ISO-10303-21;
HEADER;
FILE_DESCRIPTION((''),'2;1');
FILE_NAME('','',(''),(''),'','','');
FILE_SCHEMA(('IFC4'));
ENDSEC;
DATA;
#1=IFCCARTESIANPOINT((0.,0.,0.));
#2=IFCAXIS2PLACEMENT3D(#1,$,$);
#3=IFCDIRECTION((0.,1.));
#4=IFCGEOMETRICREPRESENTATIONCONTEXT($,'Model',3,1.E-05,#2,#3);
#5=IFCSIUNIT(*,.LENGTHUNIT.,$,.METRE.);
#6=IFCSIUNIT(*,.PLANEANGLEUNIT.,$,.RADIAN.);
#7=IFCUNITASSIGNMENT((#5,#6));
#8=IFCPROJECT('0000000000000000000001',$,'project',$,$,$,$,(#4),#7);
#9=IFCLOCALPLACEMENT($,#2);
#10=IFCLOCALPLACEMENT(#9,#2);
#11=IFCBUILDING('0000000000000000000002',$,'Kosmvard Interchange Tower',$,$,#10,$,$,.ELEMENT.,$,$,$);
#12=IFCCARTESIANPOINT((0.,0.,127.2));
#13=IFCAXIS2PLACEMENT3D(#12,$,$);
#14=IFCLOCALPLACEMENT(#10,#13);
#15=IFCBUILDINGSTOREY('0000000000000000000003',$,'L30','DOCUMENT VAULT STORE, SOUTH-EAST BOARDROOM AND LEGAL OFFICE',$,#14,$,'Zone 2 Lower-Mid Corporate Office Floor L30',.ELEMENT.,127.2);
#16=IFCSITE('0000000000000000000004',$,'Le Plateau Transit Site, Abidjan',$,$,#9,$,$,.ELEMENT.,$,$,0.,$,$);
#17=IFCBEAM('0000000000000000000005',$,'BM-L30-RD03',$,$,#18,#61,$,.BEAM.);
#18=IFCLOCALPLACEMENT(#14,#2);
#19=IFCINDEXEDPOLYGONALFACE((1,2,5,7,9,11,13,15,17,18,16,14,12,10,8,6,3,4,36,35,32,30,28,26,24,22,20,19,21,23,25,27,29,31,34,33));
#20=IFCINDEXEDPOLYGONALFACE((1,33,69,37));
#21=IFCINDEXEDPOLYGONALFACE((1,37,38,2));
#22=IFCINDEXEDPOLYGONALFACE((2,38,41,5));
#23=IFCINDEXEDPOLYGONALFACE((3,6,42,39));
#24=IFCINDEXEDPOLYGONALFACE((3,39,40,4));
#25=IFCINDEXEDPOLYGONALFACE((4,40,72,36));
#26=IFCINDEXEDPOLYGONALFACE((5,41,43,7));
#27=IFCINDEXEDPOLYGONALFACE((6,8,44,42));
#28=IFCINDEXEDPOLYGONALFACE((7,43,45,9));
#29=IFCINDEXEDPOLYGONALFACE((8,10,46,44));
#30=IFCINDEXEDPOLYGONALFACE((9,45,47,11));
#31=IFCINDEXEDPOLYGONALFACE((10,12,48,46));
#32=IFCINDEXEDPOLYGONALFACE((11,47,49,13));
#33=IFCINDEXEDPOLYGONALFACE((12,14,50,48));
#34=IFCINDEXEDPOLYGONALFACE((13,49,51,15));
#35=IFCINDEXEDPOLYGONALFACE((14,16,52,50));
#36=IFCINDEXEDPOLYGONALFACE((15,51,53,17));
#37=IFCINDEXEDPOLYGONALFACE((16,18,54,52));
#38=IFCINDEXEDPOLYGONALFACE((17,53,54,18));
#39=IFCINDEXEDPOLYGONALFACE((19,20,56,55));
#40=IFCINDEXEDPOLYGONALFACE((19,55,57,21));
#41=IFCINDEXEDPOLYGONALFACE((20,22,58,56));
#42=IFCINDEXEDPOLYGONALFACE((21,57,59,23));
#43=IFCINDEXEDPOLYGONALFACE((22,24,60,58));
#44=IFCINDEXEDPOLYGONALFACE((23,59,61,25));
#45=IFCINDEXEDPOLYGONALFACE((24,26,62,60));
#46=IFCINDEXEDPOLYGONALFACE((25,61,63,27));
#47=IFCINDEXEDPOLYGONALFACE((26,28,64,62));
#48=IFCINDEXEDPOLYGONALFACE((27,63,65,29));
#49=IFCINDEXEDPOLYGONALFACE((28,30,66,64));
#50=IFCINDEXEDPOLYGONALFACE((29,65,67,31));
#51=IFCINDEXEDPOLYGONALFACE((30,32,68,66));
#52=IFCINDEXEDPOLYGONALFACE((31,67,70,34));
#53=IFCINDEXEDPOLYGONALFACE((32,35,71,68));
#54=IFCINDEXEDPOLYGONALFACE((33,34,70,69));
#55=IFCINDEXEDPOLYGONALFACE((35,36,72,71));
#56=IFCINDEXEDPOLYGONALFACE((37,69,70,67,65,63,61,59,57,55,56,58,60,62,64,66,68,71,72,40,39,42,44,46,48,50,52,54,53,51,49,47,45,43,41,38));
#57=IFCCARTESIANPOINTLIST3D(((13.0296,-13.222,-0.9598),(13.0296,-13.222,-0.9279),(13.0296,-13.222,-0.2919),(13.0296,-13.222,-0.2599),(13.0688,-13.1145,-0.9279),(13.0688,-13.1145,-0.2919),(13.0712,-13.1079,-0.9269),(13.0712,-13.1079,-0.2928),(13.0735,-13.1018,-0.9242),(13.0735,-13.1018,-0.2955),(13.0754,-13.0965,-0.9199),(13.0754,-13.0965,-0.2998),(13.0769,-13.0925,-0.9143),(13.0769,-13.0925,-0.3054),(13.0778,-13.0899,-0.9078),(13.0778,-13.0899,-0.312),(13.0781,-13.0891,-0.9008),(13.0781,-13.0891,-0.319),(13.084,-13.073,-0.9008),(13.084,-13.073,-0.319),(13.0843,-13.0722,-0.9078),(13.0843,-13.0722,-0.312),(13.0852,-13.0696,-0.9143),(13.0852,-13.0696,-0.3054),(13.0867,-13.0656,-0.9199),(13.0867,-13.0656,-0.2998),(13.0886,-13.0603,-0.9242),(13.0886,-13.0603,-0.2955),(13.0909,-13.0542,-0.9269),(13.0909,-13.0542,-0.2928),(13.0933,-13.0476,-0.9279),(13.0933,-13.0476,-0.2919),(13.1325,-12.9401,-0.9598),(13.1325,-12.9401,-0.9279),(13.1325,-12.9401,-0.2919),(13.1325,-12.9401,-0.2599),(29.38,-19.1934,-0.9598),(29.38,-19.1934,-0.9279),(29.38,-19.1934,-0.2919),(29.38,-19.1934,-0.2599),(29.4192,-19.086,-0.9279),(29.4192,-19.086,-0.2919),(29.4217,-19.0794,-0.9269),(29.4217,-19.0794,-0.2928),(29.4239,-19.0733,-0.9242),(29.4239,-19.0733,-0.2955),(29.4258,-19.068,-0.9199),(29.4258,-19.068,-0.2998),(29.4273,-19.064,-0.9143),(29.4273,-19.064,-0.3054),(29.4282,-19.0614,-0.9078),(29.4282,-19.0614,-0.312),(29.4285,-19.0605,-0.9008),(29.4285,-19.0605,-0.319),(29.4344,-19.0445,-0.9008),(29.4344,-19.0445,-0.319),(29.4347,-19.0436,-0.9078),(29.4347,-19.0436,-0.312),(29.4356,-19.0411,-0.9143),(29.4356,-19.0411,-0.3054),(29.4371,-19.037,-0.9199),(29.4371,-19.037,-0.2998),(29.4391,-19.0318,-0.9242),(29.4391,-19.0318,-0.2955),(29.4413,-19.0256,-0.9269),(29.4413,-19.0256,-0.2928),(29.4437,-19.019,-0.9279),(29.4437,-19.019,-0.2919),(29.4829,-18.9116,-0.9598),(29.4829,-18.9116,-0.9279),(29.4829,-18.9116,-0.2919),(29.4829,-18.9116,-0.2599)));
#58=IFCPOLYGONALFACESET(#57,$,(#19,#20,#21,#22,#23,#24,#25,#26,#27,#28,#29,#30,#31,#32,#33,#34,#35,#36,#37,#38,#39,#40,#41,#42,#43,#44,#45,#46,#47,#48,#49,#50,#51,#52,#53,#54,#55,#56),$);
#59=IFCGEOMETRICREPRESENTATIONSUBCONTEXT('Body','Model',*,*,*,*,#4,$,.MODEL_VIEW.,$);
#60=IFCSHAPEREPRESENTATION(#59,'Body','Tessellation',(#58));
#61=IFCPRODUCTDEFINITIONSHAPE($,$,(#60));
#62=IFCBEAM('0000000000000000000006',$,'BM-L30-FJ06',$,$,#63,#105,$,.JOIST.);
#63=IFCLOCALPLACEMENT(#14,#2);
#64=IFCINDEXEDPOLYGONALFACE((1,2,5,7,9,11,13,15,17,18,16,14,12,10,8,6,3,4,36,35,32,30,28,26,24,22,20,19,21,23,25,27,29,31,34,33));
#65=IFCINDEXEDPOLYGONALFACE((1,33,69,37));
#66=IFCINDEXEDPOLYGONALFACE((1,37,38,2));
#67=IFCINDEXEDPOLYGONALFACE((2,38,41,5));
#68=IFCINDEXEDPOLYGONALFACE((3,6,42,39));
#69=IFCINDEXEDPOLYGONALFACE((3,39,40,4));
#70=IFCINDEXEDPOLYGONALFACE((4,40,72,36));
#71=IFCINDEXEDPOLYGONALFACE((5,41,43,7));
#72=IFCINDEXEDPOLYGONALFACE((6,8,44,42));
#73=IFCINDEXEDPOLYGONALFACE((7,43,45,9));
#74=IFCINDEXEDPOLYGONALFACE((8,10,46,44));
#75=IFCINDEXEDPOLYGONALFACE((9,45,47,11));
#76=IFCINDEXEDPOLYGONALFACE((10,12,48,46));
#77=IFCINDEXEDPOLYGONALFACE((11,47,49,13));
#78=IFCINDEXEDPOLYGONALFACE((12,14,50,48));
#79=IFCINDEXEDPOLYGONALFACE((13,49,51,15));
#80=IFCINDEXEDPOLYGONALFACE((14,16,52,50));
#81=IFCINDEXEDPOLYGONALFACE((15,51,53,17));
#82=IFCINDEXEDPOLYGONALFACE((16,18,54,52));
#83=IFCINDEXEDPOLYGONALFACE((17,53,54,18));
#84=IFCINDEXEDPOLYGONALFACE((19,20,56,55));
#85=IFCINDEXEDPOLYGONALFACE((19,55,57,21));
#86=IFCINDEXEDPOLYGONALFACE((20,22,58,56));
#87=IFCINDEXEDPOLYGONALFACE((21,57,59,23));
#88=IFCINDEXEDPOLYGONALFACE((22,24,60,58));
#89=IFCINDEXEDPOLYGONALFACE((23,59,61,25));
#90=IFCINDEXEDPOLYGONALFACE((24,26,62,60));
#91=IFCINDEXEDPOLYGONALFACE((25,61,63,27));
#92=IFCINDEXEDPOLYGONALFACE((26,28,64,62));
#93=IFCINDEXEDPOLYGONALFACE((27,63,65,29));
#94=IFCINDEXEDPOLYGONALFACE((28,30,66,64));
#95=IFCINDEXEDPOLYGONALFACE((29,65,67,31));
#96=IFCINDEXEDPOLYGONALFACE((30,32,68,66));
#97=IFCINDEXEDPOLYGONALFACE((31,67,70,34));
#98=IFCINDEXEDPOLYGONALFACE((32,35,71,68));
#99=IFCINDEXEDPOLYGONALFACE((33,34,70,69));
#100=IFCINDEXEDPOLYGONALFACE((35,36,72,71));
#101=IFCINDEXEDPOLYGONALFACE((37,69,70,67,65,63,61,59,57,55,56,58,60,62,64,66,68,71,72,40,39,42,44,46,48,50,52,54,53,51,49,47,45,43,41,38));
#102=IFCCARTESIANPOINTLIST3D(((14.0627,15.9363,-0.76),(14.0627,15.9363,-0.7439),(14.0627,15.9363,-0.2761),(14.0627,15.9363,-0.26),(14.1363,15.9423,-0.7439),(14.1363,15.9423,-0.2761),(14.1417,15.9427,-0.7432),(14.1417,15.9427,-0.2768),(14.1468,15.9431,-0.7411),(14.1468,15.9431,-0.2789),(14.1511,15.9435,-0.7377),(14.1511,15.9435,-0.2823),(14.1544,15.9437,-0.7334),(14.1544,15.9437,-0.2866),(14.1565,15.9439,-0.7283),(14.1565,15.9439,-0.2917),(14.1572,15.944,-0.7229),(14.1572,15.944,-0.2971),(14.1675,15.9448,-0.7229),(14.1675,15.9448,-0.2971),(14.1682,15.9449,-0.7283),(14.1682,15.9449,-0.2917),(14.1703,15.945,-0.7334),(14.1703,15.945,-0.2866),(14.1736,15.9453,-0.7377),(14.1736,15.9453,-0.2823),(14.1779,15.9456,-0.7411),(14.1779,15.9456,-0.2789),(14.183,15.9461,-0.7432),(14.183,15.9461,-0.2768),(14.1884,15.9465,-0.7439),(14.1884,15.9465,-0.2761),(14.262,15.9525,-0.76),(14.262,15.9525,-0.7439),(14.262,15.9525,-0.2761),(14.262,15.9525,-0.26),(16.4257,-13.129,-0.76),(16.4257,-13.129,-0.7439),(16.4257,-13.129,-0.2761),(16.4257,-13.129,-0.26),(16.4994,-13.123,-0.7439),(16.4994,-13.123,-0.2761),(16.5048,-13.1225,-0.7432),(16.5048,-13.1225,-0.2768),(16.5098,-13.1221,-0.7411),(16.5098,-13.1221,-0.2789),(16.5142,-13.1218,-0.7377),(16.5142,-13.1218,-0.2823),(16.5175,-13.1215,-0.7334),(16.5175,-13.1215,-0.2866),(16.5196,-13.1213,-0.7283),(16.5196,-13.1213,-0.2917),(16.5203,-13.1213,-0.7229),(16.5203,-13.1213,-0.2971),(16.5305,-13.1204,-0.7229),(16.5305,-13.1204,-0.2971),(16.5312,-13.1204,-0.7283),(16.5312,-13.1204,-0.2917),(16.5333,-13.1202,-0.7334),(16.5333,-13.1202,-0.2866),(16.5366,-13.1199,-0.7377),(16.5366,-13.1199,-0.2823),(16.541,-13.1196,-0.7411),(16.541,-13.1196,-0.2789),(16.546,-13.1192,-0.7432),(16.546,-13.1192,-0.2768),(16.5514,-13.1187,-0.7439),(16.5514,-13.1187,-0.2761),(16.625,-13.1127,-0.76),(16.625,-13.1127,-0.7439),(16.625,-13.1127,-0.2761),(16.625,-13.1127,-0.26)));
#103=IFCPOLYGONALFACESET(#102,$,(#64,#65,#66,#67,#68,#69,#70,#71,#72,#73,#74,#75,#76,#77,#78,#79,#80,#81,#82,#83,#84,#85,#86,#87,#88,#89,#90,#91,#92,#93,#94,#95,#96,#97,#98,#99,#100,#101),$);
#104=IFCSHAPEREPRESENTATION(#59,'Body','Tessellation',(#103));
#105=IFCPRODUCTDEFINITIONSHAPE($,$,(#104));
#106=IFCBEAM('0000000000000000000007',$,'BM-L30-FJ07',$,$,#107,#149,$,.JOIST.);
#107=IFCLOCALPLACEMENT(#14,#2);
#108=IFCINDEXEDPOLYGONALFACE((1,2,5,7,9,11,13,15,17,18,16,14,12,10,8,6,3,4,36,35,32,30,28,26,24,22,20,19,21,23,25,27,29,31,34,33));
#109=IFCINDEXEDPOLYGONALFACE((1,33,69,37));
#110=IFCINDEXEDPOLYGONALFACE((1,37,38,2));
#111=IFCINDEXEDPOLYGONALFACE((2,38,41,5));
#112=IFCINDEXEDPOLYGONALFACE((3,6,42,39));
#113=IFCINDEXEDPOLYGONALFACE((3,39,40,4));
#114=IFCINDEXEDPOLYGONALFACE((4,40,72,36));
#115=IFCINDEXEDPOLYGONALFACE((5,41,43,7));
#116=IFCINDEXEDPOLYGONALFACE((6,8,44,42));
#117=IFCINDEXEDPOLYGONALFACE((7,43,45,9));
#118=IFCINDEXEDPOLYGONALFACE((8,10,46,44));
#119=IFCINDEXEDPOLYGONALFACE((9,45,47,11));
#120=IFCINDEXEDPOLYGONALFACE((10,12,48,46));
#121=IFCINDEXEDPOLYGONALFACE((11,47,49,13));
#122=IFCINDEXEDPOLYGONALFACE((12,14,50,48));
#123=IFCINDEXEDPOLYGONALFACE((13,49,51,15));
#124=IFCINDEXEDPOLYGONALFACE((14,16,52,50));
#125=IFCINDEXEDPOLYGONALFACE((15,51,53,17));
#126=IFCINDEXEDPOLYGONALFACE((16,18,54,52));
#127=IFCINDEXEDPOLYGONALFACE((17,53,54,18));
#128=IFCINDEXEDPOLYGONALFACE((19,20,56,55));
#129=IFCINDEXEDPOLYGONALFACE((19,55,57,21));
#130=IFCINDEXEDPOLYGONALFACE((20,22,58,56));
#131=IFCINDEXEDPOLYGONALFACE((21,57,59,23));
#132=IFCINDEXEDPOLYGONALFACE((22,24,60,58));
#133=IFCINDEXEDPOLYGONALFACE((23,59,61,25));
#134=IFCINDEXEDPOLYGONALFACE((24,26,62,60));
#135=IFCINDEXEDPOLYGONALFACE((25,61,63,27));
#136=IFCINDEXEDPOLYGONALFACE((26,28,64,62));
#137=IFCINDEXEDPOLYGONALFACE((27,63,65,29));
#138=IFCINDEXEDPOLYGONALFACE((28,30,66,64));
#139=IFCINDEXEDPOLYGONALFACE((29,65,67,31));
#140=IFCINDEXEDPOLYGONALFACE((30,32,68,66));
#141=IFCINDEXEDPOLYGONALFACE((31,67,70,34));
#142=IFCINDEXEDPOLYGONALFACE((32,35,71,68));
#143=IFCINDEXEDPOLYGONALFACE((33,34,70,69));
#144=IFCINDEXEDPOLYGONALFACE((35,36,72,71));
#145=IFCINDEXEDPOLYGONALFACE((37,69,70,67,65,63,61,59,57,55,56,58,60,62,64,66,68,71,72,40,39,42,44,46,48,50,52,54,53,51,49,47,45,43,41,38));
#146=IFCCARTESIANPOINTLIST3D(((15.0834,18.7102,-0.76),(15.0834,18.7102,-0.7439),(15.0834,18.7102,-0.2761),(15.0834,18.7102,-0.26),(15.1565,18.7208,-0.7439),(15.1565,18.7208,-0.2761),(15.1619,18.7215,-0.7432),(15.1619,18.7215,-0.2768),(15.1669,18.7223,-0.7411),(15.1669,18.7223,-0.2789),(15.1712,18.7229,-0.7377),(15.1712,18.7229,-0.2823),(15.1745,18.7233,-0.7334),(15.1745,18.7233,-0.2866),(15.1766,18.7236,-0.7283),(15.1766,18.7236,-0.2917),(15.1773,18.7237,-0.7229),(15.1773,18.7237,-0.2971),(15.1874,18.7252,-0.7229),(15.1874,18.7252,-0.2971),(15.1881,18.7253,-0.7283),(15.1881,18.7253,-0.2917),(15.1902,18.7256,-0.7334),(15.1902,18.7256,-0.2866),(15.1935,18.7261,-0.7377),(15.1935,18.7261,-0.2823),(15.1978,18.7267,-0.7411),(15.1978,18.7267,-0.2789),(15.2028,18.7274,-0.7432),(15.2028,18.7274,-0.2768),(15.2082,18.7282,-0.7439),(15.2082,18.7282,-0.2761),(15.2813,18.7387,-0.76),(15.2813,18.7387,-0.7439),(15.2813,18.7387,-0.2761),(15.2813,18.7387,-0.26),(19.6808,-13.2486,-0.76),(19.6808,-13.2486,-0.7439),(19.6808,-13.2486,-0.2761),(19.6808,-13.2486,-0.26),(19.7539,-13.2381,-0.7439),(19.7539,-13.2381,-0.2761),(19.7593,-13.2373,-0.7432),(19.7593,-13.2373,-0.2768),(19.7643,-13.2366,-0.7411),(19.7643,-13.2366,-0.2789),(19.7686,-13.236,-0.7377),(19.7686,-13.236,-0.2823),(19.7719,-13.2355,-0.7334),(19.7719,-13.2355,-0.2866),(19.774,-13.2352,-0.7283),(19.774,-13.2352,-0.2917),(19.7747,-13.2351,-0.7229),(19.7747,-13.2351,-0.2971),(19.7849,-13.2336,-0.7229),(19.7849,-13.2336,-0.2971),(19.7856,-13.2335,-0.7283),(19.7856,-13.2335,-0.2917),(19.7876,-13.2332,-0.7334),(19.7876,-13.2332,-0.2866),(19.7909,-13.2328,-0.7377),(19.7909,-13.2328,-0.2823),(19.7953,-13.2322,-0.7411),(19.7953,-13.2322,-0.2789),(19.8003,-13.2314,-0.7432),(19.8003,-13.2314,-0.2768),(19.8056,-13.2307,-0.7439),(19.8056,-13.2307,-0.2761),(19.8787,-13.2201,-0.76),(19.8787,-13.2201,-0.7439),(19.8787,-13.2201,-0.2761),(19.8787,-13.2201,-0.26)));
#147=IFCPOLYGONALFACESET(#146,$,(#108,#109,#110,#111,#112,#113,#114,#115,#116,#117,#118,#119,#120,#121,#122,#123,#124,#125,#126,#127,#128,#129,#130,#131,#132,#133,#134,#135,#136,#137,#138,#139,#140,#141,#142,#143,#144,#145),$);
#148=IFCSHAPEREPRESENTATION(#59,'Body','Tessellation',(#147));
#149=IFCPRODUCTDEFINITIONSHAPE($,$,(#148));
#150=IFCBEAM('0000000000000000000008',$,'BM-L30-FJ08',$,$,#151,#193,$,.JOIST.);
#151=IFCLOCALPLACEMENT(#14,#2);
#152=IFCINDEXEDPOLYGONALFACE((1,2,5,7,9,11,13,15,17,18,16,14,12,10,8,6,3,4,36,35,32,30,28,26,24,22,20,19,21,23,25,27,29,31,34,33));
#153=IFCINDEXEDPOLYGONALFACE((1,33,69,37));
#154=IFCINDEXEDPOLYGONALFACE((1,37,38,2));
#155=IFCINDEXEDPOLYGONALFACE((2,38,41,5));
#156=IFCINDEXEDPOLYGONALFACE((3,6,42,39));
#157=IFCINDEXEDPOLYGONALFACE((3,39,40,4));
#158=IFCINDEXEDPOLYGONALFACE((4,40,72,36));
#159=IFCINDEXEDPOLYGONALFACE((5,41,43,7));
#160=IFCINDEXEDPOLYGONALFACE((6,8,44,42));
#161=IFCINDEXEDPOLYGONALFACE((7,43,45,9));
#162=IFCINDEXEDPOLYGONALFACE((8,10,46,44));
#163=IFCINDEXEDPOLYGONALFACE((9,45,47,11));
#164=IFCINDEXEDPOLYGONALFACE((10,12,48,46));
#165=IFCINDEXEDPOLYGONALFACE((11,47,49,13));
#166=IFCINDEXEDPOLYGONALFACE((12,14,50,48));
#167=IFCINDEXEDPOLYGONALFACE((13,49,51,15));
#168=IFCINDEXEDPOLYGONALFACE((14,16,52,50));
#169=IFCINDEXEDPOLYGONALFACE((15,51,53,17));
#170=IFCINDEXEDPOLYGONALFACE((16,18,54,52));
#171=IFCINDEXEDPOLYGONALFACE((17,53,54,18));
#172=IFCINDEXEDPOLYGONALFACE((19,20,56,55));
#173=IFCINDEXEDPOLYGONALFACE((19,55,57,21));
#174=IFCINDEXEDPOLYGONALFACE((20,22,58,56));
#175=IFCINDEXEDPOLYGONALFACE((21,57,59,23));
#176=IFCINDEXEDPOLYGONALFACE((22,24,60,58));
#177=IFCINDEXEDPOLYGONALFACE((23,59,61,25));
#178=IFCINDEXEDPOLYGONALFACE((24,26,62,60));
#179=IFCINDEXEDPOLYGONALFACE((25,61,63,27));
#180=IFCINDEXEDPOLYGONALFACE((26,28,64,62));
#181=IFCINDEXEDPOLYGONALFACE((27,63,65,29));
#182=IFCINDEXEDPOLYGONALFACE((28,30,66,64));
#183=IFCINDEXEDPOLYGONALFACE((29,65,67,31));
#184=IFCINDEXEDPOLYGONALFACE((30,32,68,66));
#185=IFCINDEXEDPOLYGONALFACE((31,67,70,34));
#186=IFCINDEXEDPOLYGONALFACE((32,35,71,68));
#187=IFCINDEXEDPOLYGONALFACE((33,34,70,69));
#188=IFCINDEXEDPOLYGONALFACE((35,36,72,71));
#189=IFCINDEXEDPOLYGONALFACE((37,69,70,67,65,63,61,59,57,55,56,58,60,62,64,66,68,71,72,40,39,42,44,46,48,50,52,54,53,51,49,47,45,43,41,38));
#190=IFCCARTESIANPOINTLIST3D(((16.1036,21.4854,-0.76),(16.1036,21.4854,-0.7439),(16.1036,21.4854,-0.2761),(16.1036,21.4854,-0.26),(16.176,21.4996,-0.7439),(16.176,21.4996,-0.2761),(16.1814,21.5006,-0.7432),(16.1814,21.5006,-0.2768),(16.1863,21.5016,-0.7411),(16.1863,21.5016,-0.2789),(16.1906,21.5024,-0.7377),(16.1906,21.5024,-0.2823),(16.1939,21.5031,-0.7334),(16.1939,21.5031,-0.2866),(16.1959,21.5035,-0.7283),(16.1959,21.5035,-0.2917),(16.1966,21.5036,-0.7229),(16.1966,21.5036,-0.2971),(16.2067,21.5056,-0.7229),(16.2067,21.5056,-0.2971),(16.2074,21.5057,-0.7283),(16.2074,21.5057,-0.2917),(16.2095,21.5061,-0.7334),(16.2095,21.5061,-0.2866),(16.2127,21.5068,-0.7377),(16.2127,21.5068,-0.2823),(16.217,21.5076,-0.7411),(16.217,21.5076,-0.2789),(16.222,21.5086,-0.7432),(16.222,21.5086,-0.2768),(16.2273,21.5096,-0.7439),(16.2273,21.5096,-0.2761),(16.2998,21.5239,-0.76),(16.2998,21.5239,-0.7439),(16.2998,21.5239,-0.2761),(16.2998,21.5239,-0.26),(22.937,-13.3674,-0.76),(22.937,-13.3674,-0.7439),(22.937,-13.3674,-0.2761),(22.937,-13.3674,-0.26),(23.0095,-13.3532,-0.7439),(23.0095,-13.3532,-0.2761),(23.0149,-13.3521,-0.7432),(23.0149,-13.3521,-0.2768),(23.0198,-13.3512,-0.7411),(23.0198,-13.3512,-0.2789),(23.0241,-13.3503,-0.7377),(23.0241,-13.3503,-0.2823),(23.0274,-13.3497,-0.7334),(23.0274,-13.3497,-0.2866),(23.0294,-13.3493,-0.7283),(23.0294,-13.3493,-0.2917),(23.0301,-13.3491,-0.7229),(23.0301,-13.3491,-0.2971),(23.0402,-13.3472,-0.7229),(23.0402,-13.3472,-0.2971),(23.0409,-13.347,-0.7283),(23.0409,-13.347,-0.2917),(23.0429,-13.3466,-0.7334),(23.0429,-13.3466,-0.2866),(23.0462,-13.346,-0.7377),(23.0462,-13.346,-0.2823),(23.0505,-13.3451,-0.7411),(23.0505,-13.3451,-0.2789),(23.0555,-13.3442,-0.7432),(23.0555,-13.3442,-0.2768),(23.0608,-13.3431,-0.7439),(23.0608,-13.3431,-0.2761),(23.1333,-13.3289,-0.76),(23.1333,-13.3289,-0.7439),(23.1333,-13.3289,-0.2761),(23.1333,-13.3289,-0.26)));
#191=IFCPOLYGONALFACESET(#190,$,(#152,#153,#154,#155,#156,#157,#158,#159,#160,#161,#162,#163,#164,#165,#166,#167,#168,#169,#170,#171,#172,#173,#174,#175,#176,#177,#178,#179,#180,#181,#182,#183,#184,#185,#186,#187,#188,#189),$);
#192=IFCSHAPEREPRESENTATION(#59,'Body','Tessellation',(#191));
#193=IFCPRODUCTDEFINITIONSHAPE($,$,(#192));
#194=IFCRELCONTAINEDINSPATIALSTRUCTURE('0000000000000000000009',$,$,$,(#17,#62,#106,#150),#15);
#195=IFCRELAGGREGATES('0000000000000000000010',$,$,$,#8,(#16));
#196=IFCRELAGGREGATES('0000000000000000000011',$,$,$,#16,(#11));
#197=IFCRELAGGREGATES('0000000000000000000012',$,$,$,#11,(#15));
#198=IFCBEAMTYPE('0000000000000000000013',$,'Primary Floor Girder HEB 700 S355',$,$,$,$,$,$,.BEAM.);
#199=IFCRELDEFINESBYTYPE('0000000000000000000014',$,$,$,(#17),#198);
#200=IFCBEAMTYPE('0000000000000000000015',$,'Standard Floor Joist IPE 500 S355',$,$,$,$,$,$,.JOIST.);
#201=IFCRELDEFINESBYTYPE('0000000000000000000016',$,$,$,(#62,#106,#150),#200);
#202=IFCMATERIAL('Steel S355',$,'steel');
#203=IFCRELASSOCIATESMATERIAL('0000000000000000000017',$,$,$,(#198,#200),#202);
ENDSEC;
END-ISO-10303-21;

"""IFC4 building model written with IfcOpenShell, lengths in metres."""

from ifc_helpers import new_model, si_unit, direction, frame, origin, origin_2d, place, context, subcontext, project, spatial, i_section, extrude, source, transform, mapped, material, material_profile, profile_set, type_object, element, save


model = new_model("IFC4")

# Units and contexts
model_context = context("Model", 3, precision=1e-05, world=origin(), true_north=direction((0.0, 1.0)))
body_context = subcontext(model_context, "Body", "Model", "MODEL_VIEW")
ifc_project = project(units=[si_unit("LENGTHUNIT", "METRE"), si_unit("PLANEANGLEUNIT", "RADIAN")], contexts=[model_context])

# Site, building, storey
site_placement = place(None, origin())
site = spatial("IfcSite", under=ifc_project, at=site_placement, Name="Le Plateau Transit Site, Abidjan", CompositionType="ELEMENT", RefElevation=0.0)
building_placement = place(site_placement, origin())
building = spatial("IfcBuilding", under=site, at=building_placement, Name="Kosmvard Interchange Tower", CompositionType="ELEMENT")
storey_placement = place(building_placement, frame((0.0, 0.0, 127.2)))
storey = spatial("IfcBuildingStorey", under=building, at=storey_placement, Name="L30", Description="DOCUMENT VAULT STORE, SOUTH-EAST BOARDROOM AND LEGAL OFFICE", LongName="Zone 2 Lower-Mid Corporate Office Floor L30", CompositionType="ELEMENT", Elevation=127.2)

# Beams
ifc_material_1 = material(Name="Steel S355", Category="steel")
ifc_material_profile_1 = material_profile(ifc_material_1, i_section(OverallWidth=0.3, OverallDepth=0.7, WebThickness=0.0171, FlangeThickness=0.032, FilletRadius=0.0271, at=origin_2d()), Name="HEB 700")
ifc_profile_set_1 = profile_set([ifc_material_profile_1], Name="Steel S355")
beam_type_1 = type_object("IfcBeamType", Name="Primary Floor Girder HEB 700 S355", PredefinedType="BEAM", material=ifc_profile_set_1)
shared_shape_1 = source(origin(), body_context, "Body", "SweptSolid", [
    extrude(i_section(OverallWidth=0.3, OverallDepth=0.7, WebThickness=0.0171, FlangeThickness=0.032, FilletRadius=0.0271, at=origin_2d()), origin(), (0.0, 0.0, 1.0), 17.4067),
])
beam_1_placement = place(storey_placement, frame((13.0811, -13.0811, -0.6099), z_axis=(0.939315, -0.343055, 0.0), x_axis=(0.343055, 0.939315, 0.0)))
element("IfcBeam", 1, at=beam_1_placement, inside=storey, type_object=beam_type_1, Name="BM-L30-RD03", PredefinedType="BEAM", context=body_context, shape_type="MappedRepresentation", body=[
    mapped(shared_shape_1, transform((0.0, 0.0, 0.0), scale=1.0)),
])
ifc_material_profile_2 = material_profile(ifc_material_1, i_section(OverallWidth=0.2, OverallDepth=0.5, WebThickness=0.0103, FlangeThickness=0.0161, FilletRadius=0.021, at=origin_2d()), Name="IPE 500")
ifc_profile_set_2 = profile_set([ifc_material_profile_2], Name="Steel S355")
beam_type_2 = type_object("IfcBeamType", Name="Standard Floor Joist IPE 500 S355", PredefinedType="JOIST", material=ifc_profile_set_2)
shared_shape_2 = source(origin(), body_context, "Body", "SweptSolid", [
    extrude(i_section(OverallWidth=0.2, OverallDepth=0.5, WebThickness=0.0103, FlangeThickness=0.0161, FilletRadius=0.021, at=origin_2d()), origin(), (0.0, 0.0, 1.0), 29.1611),
])
beam_2_placement = place(storey_placement, frame((16.5254, -13.1208, -0.51), z_axis=(-0.081034, 0.996711, 0.0), x_axis=(-0.996711, -0.081034, 0.0)))
element("IfcBeam", 2, at=beam_2_placement, inside=storey, type_object=beam_type_2, Name="BM-L30-FJ06", PredefinedType="JOIST", context=body_context, shape_type="MappedRepresentation", body=[
    mapped(shared_shape_2, transform((0.0, 0.0, 0.0), scale=1.0)),
])
shared_shape_3 = source(origin(), body_context, "Body", "SweptSolid", [
    extrude(i_section(OverallWidth=0.2, OverallDepth=0.5, WebThickness=0.0103, FlangeThickness=0.0161, FilletRadius=0.021, at=origin_2d()), origin(), (0.0, 0.0, 1.0), 32.2878),
])
beam_3_placement = place(storey_placement, frame((19.7798, -13.2344, -0.51), z_axis=(-0.142389, 0.989811, 0.0), x_axis=(-0.989811, -0.142389, 0.0)))
element("IfcBeam", 3, at=beam_3_placement, inside=storey, type_object=beam_type_2, Name="BM-L30-FJ07", PredefinedType="JOIST", context=body_context, shape_type="MappedRepresentation", body=[
    mapped(shared_shape_3, transform((0.0, 0.0, 0.0), scale=1.0)),
])
shared_shape_4 = source(origin(), body_context, "Body", "SweptSolid", [
    extrude(i_section(OverallWidth=0.2, OverallDepth=0.5, WebThickness=0.0103, FlangeThickness=0.0161, FilletRadius=0.021, at=origin_2d()), origin(), (0.0, 0.0, 1.0), 35.5164),
])
beam_4_placement = place(storey_placement, frame((23.0352, -13.3481, -0.51), z_axis=(-0.192404, 0.981316, 0.0), x_axis=(-0.981316, -0.192404, 0.0)))
element("IfcBeam", 4, at=beam_4_placement, inside=storey, type_object=beam_type_2, Name="BM-L30-FJ08", PredefinedType="JOIST", context=body_context, shape_type="MappedRepresentation", body=[
    mapped(shared_shape_4, transform((0.0, 0.0, 0.0), scale=1.0)),
])

save(model, "model.ifc")
